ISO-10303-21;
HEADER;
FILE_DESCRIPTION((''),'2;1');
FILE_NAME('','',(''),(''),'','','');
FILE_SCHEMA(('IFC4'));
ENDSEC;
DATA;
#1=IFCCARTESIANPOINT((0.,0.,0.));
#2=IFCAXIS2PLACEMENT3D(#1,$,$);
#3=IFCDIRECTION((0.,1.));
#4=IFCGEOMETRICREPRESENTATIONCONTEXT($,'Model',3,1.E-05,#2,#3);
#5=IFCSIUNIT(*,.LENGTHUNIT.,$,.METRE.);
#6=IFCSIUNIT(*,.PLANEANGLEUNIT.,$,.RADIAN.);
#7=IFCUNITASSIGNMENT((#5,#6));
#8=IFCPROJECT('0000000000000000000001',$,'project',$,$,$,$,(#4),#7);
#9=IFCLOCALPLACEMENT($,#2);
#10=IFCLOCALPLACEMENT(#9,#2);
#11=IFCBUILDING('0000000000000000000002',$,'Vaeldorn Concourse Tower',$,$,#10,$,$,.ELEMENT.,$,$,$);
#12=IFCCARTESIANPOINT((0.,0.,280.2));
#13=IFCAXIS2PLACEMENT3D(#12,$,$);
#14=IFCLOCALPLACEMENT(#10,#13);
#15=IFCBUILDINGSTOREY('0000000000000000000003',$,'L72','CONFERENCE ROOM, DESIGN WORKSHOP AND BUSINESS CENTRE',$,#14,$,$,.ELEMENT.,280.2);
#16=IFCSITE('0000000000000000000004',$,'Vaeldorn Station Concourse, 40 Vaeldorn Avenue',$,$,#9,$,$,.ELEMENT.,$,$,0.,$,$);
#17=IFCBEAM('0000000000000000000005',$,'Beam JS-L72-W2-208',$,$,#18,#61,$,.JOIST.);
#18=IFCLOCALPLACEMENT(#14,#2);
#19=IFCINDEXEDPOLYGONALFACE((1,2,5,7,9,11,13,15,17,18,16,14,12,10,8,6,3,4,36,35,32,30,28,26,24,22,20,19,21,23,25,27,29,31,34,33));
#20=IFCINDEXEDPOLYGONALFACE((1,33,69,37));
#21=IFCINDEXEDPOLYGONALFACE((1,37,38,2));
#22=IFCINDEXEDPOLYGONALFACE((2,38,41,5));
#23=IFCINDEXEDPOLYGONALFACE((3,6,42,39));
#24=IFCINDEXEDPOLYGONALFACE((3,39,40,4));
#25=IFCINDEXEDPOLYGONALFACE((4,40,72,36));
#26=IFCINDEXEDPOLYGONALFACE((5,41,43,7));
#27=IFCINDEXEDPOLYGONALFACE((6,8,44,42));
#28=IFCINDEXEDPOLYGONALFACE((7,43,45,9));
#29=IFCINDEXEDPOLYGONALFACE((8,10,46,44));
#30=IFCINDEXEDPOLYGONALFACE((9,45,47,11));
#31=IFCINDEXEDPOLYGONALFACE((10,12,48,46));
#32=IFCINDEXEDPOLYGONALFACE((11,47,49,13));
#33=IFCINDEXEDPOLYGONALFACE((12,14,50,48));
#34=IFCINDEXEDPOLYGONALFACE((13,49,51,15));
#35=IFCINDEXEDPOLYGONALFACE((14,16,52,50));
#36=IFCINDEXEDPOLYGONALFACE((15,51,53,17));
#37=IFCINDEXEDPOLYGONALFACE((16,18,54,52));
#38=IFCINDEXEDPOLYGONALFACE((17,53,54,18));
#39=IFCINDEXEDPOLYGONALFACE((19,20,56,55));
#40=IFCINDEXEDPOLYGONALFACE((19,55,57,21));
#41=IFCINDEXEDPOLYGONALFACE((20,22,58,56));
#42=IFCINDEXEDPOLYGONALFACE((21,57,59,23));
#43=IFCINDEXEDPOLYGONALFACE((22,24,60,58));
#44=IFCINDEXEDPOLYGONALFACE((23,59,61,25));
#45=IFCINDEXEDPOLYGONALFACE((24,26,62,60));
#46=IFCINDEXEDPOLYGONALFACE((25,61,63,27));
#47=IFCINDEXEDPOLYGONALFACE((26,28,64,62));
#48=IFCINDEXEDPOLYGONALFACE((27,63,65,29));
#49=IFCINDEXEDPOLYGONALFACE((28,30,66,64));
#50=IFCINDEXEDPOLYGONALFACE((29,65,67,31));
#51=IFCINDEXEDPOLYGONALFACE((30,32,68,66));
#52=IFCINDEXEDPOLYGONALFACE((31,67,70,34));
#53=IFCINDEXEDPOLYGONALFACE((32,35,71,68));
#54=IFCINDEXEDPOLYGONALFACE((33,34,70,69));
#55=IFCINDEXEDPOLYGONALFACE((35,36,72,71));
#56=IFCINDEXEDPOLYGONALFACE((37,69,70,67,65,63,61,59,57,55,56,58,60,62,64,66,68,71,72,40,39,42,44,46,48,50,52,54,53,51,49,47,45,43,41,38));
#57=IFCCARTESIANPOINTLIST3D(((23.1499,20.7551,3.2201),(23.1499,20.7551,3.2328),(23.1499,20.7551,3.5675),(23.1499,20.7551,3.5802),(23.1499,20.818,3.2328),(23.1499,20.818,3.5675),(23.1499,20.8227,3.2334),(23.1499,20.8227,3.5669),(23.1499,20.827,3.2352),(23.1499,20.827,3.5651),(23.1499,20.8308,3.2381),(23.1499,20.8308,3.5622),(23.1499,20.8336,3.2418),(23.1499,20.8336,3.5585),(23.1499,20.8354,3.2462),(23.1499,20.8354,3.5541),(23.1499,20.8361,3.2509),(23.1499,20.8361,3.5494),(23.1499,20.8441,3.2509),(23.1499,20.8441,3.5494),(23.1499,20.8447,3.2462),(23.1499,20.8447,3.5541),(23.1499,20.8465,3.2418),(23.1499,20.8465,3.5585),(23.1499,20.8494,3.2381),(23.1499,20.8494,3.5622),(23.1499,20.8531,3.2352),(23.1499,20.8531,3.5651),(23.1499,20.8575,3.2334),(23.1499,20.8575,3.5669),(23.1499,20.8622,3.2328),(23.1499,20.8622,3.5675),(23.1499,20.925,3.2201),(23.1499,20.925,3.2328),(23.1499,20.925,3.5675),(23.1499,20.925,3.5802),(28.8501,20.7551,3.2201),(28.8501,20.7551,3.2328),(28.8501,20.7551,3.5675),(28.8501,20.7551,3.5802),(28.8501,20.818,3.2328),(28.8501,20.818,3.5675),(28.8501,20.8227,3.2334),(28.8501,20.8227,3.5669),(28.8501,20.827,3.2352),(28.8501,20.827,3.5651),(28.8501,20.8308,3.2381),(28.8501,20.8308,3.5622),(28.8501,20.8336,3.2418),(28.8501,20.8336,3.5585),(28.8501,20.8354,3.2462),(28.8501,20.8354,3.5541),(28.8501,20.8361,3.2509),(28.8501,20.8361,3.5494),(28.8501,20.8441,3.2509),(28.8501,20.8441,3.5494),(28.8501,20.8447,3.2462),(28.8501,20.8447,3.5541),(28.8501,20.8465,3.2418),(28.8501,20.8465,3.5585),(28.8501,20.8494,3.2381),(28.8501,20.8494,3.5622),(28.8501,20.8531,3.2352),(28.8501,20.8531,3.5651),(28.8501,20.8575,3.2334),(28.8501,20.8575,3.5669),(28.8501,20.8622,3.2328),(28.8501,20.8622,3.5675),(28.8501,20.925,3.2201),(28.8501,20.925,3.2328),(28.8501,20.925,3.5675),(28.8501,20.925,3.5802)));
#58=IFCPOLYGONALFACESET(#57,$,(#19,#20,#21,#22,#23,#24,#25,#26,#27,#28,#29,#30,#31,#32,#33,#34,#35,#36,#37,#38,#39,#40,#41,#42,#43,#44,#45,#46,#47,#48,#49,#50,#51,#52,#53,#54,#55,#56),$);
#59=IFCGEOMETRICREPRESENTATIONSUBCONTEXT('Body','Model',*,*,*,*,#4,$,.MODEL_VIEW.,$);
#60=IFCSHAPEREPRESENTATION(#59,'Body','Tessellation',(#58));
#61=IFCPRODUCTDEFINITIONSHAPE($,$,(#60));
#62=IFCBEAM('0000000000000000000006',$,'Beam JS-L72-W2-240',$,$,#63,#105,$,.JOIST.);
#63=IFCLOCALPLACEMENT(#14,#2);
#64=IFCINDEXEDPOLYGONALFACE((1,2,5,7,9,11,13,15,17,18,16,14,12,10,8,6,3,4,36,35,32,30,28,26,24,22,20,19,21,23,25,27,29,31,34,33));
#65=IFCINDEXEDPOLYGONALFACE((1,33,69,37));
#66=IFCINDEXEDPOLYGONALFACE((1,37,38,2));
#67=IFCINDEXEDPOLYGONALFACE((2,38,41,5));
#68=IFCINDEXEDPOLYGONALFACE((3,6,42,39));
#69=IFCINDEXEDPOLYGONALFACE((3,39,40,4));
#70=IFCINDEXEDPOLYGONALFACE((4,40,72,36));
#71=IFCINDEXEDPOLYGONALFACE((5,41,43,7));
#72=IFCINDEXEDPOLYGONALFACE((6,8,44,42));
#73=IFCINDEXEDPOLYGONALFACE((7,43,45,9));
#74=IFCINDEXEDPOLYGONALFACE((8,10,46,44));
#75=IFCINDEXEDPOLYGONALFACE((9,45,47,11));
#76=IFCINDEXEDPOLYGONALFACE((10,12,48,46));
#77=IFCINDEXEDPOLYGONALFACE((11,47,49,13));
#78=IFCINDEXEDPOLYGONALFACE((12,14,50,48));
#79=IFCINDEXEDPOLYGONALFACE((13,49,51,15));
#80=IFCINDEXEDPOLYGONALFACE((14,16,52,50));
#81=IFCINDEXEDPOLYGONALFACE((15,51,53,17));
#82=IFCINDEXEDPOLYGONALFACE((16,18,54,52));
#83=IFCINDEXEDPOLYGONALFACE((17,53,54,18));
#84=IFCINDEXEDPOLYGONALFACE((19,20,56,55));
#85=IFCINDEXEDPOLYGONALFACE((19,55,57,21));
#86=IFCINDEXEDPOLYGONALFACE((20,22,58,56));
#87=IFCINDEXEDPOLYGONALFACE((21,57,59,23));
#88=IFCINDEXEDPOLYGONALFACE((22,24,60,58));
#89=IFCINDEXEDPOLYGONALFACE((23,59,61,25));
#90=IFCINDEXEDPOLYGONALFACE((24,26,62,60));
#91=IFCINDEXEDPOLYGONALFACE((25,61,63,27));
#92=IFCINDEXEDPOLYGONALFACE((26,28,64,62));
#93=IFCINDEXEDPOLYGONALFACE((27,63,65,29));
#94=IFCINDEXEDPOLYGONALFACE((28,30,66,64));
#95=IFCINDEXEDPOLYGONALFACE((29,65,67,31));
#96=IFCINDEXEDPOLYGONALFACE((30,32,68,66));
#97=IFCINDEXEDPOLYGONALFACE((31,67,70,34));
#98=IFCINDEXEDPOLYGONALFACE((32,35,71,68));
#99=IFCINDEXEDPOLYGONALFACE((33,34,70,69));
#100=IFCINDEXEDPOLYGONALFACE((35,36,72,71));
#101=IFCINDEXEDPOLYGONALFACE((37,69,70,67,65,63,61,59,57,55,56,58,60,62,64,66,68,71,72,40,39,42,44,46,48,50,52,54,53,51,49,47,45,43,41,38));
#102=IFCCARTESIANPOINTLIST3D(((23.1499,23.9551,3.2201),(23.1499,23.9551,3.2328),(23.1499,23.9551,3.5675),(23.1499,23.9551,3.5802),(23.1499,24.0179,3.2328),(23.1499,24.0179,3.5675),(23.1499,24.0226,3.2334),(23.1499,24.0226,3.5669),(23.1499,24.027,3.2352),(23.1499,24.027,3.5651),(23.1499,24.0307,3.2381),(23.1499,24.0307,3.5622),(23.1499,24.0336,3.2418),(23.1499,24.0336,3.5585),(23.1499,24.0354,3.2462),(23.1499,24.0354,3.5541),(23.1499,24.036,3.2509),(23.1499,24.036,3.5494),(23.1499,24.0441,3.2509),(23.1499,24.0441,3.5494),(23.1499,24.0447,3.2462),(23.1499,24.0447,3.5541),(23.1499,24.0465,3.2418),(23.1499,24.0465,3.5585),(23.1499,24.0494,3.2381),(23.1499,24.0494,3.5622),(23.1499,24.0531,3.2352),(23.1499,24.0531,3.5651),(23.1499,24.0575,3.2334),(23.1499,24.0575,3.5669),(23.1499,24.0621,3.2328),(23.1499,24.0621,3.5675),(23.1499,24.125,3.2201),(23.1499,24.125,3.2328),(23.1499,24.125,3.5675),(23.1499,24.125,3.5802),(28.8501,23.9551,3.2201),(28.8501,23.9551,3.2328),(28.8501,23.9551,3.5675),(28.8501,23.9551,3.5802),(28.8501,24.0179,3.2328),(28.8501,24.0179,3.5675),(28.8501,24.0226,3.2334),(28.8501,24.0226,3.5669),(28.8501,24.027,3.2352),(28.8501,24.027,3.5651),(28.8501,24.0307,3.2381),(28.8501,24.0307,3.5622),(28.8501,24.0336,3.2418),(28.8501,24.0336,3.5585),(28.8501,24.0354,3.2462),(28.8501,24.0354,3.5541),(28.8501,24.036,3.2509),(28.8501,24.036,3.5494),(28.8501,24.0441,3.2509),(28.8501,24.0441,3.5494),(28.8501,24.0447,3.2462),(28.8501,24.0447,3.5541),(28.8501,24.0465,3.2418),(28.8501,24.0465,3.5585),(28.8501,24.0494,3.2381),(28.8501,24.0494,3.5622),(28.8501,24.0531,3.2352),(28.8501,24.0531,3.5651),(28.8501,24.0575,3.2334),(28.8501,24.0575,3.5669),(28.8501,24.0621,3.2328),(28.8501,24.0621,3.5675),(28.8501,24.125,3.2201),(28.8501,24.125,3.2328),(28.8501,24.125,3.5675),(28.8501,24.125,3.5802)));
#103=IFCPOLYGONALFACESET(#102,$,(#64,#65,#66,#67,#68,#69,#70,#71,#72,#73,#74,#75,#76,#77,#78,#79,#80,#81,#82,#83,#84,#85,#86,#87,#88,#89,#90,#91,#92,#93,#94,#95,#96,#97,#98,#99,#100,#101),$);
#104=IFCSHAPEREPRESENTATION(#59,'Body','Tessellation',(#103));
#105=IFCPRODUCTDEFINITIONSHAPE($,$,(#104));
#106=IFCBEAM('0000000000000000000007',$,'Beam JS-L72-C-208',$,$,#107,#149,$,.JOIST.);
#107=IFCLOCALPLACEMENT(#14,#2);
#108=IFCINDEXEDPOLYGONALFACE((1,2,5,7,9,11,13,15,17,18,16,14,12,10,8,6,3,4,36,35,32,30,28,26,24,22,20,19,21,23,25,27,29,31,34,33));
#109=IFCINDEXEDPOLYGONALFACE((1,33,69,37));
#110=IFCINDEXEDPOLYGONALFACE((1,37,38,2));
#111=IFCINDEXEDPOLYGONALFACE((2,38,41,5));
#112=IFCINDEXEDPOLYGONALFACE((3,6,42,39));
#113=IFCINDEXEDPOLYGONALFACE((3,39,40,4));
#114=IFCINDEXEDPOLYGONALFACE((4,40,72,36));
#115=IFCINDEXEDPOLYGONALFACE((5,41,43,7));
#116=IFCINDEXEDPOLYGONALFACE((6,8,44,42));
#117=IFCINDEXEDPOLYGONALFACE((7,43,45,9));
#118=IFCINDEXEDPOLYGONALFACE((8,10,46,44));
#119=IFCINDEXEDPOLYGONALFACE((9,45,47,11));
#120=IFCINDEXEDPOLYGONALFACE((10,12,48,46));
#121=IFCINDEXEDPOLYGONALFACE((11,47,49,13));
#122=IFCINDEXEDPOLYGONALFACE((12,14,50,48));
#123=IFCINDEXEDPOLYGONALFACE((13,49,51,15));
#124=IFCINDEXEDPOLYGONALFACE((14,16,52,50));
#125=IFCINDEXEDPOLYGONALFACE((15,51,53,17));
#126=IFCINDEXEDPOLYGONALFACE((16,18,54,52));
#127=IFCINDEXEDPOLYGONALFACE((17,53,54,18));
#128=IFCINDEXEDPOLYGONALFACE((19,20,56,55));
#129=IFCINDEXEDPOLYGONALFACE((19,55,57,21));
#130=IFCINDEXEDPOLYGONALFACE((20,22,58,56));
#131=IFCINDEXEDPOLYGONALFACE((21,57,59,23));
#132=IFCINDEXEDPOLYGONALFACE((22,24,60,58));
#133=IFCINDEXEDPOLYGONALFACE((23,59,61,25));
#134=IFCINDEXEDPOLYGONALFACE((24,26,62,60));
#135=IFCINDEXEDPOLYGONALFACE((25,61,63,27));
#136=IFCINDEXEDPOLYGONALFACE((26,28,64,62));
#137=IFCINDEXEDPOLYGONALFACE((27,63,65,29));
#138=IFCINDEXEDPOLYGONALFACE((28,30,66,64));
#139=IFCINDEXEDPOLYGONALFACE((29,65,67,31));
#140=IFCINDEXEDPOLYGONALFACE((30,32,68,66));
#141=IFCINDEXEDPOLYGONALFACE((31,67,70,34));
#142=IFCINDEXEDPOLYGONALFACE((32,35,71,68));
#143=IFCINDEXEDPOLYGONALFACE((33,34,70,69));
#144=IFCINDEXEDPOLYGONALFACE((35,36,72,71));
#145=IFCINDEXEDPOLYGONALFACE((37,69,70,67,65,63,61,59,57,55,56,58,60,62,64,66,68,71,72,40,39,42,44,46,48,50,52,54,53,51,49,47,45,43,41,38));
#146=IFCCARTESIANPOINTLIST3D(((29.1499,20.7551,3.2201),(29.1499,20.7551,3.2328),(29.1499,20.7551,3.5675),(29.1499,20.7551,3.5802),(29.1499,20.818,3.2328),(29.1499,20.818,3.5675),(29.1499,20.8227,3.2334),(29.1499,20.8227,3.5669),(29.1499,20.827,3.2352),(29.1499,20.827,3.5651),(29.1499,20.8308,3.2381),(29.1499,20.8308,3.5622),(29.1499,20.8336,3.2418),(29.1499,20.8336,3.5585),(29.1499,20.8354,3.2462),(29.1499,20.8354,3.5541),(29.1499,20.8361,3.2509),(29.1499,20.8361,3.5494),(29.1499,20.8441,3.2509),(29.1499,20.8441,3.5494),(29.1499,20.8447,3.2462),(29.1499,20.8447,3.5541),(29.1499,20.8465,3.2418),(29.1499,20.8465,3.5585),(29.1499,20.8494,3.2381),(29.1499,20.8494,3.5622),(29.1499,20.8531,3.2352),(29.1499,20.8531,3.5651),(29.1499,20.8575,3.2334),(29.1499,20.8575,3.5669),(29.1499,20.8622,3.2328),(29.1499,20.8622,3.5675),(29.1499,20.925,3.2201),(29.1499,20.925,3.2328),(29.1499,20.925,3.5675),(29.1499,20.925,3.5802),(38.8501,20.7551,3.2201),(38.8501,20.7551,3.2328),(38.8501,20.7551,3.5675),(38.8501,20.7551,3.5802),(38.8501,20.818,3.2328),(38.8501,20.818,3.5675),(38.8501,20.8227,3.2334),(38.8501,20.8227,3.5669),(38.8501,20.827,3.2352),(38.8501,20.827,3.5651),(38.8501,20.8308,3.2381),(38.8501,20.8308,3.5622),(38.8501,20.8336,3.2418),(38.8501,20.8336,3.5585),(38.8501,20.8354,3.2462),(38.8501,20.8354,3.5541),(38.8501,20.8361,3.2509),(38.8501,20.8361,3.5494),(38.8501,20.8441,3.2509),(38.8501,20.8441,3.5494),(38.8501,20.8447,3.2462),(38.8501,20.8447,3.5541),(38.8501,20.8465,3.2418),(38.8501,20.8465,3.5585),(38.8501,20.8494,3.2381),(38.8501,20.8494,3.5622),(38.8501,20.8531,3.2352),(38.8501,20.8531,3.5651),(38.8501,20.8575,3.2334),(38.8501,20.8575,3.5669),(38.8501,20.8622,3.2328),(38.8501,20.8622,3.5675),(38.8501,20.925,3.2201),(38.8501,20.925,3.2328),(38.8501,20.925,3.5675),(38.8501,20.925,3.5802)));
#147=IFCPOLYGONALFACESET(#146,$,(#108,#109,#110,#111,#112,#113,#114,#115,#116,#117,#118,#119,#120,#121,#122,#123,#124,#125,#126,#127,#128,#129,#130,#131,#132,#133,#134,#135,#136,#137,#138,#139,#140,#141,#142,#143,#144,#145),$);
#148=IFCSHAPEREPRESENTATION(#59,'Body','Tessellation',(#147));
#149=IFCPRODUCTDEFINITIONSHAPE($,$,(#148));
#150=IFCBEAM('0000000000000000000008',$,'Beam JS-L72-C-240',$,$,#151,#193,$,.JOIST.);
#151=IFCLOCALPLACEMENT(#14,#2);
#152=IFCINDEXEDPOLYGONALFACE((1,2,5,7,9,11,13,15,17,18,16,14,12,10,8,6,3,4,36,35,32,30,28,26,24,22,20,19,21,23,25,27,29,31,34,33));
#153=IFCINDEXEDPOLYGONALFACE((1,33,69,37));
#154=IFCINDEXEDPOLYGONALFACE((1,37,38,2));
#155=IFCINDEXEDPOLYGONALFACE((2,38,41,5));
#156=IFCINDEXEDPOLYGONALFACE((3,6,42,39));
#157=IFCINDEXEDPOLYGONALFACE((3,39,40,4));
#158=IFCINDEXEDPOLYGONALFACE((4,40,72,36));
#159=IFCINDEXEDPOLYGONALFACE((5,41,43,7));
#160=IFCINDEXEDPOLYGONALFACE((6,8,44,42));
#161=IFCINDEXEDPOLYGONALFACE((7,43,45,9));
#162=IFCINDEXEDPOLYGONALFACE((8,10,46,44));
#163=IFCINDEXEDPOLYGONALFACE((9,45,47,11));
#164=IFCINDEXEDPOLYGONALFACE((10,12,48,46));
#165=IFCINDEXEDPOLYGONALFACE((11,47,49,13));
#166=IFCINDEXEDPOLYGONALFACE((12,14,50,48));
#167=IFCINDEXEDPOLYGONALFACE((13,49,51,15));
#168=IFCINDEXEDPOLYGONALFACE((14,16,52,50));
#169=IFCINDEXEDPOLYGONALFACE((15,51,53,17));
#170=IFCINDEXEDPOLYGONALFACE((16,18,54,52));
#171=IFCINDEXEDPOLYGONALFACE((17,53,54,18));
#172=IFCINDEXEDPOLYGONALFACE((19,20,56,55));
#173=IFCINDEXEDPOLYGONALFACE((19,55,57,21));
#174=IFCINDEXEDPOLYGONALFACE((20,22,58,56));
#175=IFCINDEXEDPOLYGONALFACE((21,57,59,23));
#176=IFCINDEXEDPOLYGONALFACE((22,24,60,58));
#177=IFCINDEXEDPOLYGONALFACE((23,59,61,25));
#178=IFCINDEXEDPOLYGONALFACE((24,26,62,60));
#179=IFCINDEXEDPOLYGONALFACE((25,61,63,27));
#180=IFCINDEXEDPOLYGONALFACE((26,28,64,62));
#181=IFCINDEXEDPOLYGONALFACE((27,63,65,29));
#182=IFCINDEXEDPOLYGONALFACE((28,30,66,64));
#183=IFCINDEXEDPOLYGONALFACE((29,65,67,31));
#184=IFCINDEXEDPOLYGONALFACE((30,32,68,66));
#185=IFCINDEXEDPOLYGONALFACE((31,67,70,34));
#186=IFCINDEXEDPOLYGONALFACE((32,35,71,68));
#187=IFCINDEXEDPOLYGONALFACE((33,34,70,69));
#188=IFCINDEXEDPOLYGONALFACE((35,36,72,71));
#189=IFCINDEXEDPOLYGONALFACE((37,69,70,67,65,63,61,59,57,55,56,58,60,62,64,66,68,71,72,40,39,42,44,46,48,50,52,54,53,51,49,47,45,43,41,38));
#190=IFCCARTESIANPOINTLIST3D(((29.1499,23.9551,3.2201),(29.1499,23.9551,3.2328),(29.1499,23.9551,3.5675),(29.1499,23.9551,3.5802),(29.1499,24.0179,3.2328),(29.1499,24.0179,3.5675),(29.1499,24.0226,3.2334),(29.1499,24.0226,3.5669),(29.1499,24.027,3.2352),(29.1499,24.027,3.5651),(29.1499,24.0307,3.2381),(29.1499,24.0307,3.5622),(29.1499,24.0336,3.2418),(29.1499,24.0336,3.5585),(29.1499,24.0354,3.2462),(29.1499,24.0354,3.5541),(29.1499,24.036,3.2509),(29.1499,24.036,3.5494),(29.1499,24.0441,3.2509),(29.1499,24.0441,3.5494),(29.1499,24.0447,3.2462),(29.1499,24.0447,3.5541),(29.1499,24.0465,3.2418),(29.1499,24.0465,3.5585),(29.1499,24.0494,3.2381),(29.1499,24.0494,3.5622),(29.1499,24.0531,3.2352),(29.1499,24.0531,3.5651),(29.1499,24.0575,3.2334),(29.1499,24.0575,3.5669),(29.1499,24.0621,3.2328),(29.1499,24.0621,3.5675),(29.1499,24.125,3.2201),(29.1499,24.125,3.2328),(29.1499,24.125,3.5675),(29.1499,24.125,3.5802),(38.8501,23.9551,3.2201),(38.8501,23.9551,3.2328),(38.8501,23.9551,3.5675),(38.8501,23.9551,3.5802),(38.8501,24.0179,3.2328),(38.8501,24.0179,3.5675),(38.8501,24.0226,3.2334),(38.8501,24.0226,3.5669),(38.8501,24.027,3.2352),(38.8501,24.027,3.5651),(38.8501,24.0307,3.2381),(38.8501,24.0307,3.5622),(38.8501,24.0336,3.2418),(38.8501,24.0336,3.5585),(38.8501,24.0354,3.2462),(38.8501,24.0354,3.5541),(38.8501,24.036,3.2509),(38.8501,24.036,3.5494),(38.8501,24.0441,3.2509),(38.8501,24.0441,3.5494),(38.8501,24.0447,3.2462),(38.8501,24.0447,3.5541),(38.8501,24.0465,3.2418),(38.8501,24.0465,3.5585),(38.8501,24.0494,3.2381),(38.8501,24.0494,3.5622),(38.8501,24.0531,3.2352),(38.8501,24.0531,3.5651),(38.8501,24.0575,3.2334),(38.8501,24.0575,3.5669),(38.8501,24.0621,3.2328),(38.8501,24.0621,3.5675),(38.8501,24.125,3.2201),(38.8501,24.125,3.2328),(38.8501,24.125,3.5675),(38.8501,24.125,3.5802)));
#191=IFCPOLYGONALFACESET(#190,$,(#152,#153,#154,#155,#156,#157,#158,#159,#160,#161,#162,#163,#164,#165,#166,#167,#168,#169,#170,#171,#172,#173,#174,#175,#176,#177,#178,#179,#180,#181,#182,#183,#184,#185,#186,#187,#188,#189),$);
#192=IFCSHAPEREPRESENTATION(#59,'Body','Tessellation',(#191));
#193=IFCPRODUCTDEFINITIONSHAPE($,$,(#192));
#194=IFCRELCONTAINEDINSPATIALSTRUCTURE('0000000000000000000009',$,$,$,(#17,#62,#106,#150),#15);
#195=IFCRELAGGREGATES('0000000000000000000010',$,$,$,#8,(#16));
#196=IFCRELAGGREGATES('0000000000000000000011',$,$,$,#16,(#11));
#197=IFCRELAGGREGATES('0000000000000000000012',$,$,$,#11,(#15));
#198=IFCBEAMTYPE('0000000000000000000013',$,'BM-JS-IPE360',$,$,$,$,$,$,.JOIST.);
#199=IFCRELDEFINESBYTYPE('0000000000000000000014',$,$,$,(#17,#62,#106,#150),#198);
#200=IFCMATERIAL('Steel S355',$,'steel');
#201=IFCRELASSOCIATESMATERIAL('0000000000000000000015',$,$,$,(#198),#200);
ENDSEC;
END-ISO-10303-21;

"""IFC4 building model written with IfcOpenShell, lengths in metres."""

from ifc_helpers import new_model, si_unit, direction, frame, origin, origin_2d, place, context, subcontext, project, spatial, i_section, extrude, source, transform, mapped, material, material_profile, profile_set, type_object, element, save


model = new_model("IFC4")

# Units and contexts
model_context = context("Model", 3, precision=1e-05, world=origin(), true_north=direction((0.0, 1.0)))
body_context = subcontext(model_context, "Body", "Model", "MODEL_VIEW")
ifc_project = project(units=[si_unit("LENGTHUNIT", "METRE"), si_unit("PLANEANGLEUNIT", "RADIAN")], contexts=[model_context])

# Site, building, storey
site_placement = place(None, origin())
site = spatial("IfcSite", under=ifc_project, at=site_placement, Name="Vaeldorn Station Concourse, 40 Vaeldorn Avenue", CompositionType="ELEMENT", RefElevation=0.0)
building_placement = place(site_placement, origin())
building = spatial("IfcBuilding", under=site, at=building_placement, Name="Vaeldorn Concourse Tower", CompositionType="ELEMENT")
storey_placement = place(building_placement, frame((0.0, 0.0, 280.2)))
storey = spatial("IfcBuildingStorey", under=building, at=storey_placement, Name="L72", Description="CONFERENCE ROOM, DESIGN WORKSHOP AND BUSINESS CENTRE", CompositionType="ELEMENT", Elevation=280.2)

# Shared definitions
ifc_material_1 = material(Name="Steel S355", Category="steel")

# Beams
ifc_material_profile_1 = material_profile(ifc_material_1, i_section(OverallWidth=0.1699, OverallDepth=0.3601, WebThickness=0.0081, FlangeThickness=0.0127, FilletRadius=0.0181, at=origin_2d()), Name="IPE 360")
ifc_profile_set_1 = profile_set([ifc_material_profile_1], Name="Steel S355")
beam_type_1 = type_object("IfcBeamType", Name="BM-JS-IPE360", PredefinedType="JOIST", material=ifc_profile_set_1)
shared_shape_1 = source(origin(), body_context, "Body", "SweptSolid", [
    extrude(i_section(OverallWidth=0.1699, OverallDepth=0.3601, WebThickness=0.0081, FlangeThickness=0.0127, FilletRadius=0.0181, at=origin_2d()), origin(), (0.0, 0.0, 1.0), 5.7002),
])
for number, where, z_axis, x_axis, name in (
    (1, (23.1499, 20.8401, 3.4001), (1.0, 0.0, 0.0), (0.0, 1.0, 0.0), "Beam JS-L72-W2-208"),
    (2, (23.1499, 24.04, 3.4001), (1.0, 0.0, 0.0), (0.0, 1.0, 0.0), "Beam JS-L72-W2-240"),
):
    element("IfcBeam", number, at=place(storey_placement, frame(where, z_axis=z_axis, x_axis=x_axis)), inside=storey, type_object=beam_type_1, Name=name, PredefinedType="JOIST", context=body_context, shape_type="MappedRepresentation", body=[
        mapped(shared_shape_1, transform((0.0, 0.0, 0.0), scale=1.0)),
    ])
shared_shape_2 = source(origin(), body_context, "Body", "SweptSolid", [
    extrude(i_section(OverallWidth=0.1699, OverallDepth=0.3601, WebThickness=0.0081, FlangeThickness=0.0127, FilletRadius=0.0181, at=origin_2d()), origin(), (0.0, 0.0, 1.0), 9.7002),
])
for number, where, z_axis, x_axis, name in (
    (3, (29.1499, 20.8401, 3.4001), (1.0, 0.0, 0.0), (0.0, 1.0, 0.0), "Beam JS-L72-C-208"),
    (4, (29.1499, 24.04, 3.4001), (1.0, 0.0, 0.0), (0.0, 1.0, 0.0), "Beam JS-L72-C-240"),
):
    element("IfcBeam", number, at=place(storey_placement, frame(where, z_axis=z_axis, x_axis=x_axis)), inside=storey, type_object=beam_type_1, Name=name, PredefinedType="JOIST", context=body_context, shape_type="MappedRepresentation", body=[
        mapped(shared_shape_2, transform((0.0, 0.0, 0.0), scale=1.0)),
    ])

save(model, "model.ifc")
